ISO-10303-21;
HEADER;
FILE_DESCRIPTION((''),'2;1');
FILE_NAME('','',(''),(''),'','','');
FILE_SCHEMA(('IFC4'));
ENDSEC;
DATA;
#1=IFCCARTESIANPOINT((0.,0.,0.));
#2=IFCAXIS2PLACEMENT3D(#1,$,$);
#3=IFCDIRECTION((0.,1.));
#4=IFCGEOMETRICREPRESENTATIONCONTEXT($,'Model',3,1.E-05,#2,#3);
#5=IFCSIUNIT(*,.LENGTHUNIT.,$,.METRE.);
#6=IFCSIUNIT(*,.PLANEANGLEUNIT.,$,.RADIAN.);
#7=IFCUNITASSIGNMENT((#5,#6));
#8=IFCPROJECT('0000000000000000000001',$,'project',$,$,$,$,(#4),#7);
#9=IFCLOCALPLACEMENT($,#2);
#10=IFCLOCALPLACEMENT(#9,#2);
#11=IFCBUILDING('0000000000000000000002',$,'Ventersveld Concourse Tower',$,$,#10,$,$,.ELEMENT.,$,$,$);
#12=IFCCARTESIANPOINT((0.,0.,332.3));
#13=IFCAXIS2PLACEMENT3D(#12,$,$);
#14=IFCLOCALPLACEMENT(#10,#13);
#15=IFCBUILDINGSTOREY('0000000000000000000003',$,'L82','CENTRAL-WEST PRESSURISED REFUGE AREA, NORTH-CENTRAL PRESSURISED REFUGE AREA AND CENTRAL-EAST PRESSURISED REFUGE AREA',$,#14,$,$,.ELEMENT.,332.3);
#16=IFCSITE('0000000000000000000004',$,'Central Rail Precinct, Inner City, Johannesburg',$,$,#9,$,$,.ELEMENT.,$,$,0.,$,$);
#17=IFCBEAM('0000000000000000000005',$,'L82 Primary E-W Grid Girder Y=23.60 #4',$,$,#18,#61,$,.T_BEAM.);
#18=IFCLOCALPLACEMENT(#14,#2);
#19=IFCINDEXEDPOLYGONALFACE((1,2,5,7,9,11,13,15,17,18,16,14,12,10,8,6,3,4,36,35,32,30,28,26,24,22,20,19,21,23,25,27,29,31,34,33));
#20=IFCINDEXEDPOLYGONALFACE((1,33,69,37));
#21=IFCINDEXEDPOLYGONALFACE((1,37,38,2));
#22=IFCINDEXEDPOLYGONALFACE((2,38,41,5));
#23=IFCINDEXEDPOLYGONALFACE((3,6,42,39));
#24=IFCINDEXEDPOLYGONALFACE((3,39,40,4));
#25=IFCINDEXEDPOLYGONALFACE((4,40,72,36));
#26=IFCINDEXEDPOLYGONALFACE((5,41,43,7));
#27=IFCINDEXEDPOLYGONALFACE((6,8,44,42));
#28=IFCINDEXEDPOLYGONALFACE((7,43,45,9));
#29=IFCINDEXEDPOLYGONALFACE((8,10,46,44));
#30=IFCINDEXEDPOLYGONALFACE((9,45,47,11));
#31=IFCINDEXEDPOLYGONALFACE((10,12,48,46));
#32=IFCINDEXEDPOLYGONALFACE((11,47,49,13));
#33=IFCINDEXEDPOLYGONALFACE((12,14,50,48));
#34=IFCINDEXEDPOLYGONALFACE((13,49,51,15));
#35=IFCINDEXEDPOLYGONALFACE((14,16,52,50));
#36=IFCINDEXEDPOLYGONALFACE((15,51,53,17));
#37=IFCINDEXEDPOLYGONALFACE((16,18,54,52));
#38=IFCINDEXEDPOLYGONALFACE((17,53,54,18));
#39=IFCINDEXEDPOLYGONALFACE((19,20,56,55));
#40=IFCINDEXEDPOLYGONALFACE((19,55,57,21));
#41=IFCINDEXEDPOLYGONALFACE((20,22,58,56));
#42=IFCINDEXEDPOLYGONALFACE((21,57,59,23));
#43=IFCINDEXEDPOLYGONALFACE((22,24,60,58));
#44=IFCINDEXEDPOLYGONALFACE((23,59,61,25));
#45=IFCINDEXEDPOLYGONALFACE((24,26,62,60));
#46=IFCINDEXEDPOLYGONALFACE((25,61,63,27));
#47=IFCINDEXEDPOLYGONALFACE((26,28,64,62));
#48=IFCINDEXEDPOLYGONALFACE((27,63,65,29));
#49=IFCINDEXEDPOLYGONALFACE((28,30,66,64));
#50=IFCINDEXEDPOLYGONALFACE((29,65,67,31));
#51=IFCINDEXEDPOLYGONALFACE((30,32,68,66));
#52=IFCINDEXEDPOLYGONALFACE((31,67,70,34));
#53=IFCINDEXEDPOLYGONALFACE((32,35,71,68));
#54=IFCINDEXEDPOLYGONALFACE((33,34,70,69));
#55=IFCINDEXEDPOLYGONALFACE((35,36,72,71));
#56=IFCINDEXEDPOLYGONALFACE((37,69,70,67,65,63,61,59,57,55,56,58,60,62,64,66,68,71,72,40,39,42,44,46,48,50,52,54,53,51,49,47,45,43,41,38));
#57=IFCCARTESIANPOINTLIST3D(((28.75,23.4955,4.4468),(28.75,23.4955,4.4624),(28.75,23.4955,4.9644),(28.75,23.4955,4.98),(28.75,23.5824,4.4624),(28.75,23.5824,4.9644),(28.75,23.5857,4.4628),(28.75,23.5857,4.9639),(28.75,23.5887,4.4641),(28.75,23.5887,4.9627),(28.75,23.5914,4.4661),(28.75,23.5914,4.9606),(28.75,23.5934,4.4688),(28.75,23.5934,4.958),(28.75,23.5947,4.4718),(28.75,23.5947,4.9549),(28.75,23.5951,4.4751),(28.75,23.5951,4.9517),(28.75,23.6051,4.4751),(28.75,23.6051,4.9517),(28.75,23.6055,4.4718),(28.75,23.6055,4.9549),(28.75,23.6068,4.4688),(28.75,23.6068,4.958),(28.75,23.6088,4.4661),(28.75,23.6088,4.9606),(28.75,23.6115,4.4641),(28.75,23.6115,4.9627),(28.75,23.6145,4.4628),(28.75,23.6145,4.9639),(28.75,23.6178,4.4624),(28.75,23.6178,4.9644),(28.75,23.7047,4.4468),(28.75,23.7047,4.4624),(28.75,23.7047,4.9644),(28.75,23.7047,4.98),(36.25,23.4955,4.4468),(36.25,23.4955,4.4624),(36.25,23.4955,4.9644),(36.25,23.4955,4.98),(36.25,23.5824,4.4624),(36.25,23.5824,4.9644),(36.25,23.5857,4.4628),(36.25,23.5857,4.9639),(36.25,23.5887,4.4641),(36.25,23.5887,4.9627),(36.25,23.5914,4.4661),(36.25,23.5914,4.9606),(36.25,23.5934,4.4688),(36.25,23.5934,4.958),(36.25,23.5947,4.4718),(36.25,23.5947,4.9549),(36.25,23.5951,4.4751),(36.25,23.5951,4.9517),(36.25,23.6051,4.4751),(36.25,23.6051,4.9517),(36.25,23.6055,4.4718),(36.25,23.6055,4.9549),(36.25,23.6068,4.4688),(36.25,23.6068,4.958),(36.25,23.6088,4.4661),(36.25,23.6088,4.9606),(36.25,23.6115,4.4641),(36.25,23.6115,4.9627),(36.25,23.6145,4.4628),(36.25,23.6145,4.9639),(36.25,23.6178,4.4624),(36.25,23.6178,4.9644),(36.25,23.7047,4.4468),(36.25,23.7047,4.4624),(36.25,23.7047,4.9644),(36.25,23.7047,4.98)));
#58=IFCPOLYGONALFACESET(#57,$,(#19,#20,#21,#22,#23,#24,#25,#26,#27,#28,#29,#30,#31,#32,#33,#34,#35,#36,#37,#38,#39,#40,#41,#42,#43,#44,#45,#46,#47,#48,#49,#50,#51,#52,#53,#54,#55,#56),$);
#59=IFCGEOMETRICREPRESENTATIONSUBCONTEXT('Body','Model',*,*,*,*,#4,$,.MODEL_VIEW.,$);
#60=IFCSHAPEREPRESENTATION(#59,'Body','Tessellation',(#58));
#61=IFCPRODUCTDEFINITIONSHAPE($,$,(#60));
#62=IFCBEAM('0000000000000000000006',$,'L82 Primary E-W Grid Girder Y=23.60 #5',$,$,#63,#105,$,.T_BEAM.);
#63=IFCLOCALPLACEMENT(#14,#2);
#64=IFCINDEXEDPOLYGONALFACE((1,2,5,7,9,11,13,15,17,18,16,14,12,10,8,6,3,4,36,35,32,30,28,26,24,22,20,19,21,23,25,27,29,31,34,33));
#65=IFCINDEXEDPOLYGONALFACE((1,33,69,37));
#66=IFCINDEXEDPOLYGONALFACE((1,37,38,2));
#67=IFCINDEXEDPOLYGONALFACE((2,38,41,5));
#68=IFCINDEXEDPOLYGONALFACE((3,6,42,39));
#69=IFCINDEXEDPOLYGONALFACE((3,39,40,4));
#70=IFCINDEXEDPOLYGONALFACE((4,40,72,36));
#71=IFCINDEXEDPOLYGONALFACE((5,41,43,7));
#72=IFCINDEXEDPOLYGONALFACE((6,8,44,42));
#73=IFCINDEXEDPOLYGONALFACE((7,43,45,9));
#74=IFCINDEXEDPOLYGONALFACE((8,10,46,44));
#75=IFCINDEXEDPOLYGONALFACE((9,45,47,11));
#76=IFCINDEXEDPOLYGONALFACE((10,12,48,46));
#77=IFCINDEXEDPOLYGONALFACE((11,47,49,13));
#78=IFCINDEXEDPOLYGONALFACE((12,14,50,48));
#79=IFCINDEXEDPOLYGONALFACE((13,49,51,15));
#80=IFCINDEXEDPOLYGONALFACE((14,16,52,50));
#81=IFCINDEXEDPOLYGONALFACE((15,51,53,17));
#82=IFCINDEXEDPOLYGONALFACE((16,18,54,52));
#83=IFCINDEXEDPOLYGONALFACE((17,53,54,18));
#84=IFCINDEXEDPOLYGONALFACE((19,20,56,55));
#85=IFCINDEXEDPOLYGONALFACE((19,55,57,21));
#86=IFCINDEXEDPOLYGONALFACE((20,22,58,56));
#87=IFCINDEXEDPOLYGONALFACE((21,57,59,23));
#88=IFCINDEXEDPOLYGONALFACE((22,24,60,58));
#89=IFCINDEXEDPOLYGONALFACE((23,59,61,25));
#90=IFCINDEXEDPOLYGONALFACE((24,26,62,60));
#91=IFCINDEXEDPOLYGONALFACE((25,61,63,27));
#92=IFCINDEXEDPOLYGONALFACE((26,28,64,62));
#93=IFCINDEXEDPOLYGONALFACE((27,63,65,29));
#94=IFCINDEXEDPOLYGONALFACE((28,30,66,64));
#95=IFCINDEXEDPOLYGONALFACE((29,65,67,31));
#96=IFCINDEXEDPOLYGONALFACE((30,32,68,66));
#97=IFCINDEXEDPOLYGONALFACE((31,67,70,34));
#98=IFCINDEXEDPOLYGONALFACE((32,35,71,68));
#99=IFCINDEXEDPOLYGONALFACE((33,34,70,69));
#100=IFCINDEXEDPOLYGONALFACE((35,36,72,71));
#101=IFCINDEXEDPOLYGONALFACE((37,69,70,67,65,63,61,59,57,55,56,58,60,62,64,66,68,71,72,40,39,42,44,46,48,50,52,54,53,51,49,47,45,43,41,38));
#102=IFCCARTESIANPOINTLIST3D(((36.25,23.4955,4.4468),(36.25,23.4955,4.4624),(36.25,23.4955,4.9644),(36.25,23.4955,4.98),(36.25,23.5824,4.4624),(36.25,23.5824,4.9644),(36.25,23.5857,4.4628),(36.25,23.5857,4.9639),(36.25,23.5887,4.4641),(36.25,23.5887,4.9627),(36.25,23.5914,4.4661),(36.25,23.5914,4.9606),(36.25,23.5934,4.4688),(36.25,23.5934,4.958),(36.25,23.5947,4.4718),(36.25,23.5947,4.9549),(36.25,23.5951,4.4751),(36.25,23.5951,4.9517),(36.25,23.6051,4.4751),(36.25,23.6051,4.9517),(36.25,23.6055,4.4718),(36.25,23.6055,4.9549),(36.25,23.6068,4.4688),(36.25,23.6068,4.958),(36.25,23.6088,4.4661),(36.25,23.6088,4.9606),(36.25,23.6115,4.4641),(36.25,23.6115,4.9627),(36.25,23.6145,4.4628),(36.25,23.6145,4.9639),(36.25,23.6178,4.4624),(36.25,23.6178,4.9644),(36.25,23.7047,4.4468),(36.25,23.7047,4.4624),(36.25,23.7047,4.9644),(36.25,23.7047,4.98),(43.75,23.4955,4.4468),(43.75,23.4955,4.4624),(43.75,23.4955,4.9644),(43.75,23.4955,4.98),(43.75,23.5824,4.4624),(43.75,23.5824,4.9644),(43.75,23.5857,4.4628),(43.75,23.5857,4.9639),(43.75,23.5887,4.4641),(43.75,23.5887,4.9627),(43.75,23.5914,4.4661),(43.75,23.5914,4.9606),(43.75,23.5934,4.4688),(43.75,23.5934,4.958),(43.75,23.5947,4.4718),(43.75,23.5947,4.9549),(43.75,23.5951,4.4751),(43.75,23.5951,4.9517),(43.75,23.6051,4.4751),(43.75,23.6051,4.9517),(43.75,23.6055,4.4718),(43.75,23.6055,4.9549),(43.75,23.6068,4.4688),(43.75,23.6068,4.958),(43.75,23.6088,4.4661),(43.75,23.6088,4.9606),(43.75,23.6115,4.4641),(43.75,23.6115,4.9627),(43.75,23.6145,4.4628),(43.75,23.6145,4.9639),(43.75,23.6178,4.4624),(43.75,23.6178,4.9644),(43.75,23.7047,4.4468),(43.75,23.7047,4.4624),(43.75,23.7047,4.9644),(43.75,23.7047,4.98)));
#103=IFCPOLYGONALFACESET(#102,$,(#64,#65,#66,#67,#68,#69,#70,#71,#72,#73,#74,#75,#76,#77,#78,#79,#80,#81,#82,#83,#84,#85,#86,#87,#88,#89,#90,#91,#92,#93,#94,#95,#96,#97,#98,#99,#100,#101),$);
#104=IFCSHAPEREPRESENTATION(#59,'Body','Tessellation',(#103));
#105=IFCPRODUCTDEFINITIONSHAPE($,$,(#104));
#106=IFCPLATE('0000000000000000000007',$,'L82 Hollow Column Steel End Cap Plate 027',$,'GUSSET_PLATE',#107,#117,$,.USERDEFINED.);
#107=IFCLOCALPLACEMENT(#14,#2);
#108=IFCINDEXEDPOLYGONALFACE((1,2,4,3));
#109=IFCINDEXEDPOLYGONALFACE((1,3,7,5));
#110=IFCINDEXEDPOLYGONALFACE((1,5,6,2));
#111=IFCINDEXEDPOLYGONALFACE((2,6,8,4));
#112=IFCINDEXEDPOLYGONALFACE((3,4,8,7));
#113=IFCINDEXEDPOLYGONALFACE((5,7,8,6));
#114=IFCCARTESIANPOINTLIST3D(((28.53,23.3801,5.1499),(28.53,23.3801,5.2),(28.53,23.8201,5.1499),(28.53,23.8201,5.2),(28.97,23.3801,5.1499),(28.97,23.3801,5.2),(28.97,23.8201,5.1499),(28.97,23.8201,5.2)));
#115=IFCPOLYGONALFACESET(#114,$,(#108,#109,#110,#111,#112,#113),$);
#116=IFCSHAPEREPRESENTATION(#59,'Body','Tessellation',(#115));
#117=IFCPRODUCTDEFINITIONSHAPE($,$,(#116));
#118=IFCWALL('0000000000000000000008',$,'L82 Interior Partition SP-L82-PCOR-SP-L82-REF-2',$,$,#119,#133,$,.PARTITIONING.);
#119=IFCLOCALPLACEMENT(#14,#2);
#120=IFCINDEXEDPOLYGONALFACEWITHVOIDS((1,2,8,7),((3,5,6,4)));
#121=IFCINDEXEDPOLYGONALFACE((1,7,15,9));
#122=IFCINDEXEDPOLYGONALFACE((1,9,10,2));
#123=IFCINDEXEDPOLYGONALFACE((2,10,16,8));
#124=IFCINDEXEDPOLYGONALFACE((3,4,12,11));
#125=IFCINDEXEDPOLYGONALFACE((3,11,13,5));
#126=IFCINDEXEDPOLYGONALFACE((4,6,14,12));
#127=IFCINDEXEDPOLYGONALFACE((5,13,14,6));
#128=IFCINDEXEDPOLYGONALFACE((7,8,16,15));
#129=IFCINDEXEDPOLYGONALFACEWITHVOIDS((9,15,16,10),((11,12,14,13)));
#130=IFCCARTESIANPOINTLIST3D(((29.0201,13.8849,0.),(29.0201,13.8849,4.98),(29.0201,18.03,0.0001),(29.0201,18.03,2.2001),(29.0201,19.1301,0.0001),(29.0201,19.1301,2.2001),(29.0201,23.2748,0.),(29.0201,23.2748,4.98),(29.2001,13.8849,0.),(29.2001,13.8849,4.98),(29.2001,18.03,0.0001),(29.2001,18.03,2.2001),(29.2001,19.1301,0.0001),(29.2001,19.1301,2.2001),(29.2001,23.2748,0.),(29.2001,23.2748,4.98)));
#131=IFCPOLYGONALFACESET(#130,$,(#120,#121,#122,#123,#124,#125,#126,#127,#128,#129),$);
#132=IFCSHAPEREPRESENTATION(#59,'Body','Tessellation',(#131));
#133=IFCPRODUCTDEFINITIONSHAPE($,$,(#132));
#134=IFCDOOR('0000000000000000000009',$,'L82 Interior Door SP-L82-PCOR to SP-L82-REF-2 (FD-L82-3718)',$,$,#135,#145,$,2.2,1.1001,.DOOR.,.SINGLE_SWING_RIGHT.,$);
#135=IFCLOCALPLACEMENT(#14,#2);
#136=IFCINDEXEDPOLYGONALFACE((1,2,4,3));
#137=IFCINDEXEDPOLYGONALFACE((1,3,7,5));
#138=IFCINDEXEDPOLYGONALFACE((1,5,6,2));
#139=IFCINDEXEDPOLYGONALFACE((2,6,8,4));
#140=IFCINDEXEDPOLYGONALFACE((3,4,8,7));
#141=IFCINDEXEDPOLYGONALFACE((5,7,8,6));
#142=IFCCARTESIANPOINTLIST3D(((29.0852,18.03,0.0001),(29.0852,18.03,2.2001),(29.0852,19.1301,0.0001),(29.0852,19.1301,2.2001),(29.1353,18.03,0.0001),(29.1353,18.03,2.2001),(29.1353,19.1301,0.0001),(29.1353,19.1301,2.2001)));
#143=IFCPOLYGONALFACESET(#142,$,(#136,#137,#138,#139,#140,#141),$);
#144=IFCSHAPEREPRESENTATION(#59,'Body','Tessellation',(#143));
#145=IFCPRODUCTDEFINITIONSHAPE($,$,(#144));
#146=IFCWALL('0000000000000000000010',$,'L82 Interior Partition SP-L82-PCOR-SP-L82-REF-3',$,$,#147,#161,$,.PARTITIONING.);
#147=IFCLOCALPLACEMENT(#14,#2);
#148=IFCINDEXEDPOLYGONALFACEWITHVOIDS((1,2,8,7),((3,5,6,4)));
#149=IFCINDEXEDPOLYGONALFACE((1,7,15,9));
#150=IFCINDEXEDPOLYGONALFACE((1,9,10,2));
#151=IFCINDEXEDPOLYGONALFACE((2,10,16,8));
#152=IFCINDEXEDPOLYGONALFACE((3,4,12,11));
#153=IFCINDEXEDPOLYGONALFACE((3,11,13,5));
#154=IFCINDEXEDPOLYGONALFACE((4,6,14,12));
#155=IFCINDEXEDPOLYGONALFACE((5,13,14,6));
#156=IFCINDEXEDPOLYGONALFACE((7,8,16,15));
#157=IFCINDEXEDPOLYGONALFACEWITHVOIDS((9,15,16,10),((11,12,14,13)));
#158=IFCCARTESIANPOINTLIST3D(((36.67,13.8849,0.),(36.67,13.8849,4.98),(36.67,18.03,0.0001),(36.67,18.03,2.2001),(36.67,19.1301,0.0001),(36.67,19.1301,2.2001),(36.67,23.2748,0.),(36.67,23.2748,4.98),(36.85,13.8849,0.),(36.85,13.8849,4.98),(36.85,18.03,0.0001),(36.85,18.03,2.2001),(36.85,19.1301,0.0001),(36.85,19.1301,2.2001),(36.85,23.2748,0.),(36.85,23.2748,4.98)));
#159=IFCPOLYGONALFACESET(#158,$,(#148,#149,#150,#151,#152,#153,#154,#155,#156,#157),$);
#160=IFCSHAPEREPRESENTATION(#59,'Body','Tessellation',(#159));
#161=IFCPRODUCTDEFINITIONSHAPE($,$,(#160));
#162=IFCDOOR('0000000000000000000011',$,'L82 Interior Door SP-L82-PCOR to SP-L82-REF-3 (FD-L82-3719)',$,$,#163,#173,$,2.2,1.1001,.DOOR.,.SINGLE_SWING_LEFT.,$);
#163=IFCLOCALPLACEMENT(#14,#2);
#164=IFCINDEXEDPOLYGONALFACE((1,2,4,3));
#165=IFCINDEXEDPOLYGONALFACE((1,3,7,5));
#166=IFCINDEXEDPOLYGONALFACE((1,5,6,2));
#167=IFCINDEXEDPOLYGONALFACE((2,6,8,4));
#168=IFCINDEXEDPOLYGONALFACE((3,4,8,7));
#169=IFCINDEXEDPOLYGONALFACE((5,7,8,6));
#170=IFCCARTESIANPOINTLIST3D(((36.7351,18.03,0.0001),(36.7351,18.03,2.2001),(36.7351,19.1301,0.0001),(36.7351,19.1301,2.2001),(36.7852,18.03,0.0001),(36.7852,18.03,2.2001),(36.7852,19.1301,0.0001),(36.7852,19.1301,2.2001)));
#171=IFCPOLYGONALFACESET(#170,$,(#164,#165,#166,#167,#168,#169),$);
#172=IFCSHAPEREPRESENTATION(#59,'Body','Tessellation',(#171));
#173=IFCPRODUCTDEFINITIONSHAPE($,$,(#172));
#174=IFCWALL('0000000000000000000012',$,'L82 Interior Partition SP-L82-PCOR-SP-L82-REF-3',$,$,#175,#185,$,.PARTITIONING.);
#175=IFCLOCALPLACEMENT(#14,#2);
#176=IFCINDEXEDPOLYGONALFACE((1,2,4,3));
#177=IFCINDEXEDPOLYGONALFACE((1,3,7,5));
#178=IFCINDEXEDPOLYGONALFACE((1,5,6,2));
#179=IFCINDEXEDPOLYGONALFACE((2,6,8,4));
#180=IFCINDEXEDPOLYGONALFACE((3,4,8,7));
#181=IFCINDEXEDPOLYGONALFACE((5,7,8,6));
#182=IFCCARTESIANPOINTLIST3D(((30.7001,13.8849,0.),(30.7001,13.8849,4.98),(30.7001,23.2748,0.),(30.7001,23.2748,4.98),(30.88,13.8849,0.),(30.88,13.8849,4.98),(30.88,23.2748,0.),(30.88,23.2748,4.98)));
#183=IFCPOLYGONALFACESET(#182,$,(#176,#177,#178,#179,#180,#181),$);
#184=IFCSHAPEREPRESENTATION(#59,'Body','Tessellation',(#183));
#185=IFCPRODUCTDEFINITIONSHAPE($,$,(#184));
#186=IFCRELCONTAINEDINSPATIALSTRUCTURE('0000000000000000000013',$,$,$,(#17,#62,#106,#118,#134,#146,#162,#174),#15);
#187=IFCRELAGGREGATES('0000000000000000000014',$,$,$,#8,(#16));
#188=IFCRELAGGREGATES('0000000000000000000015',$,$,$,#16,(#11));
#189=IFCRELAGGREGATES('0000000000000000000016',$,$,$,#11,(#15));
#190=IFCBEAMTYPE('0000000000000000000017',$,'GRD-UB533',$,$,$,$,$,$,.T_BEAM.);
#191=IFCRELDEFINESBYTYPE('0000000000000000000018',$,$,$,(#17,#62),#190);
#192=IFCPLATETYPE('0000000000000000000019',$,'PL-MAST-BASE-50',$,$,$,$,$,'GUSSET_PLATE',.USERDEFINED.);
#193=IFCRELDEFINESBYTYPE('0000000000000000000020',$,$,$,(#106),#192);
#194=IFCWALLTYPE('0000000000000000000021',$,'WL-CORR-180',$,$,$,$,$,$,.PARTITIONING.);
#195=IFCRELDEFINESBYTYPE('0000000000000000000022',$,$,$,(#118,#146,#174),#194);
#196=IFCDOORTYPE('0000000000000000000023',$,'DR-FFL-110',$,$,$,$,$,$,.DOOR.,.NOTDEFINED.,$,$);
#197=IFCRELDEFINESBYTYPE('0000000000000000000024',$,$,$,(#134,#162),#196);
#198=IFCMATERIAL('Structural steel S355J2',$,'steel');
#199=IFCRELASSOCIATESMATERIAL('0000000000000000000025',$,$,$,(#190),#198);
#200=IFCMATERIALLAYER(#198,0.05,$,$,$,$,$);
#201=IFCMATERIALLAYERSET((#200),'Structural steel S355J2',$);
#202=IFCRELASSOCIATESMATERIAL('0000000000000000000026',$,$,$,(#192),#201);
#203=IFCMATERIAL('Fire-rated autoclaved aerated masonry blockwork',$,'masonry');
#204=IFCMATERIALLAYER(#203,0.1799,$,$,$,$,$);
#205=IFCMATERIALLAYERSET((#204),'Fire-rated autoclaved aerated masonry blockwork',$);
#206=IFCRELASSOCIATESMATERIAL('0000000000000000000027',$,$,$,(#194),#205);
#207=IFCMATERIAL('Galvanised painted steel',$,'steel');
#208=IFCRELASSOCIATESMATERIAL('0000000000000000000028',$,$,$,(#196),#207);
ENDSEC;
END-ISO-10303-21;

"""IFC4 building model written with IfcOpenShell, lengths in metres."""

from ifc_helpers import new_model, si_unit, direction, frame, frame_2d, origin, origin_2d, place, context, subcontext, project, spatial, rectangle, i_section, extrude, material, layer, layer_set, material_profile, profile_set, type_object, element, fill, save


model = new_model("IFC4")

# Units and contexts
model_context = context("Model", 3, precision=1e-05, world=origin(), true_north=direction((0.0, 1.0)))
body_context = subcontext(model_context, "Body", "Model", "MODEL_VIEW")
ifc_project = project(units=[si_unit("LENGTHUNIT", "METRE"), si_unit("PLANEANGLEUNIT", "RADIAN")], contexts=[model_context])

# Site, building, storey
site_placement = place(None, origin())
site = spatial("IfcSite", under=ifc_project, at=site_placement, Name="Central Rail Precinct, Inner City, Johannesburg", CompositionType="ELEMENT", RefElevation=0.0)
building_placement = place(site_placement, origin())
building = spatial("IfcBuilding", under=site, at=building_placement, Name="Ventersveld Concourse Tower", CompositionType="ELEMENT")
storey_placement = place(building_placement, frame((0.0, 0.0, 332.3)))
storey = spatial("IfcBuildingStorey", under=building, at=storey_placement, Name="L82", Description="CENTRAL-WEST PRESSURISED REFUGE AREA, NORTH-CENTRAL PRESSURISED REFUGE AREA AND CENTRAL-EAST PRESSURISED REFUGE AREA", CompositionType="ELEMENT", Elevation=332.3)

# Shared definitions
ifc_material_1 = material(Name="Structural steel S355J2", Category="steel")

# Beams
ifc_material_profile_1 = material_profile(ifc_material_1, i_section(OverallWidth=0.2092, OverallDepth=0.5332, WebThickness=0.01, FlangeThickness=0.0156, FilletRadius=0.0127, at=origin_2d()), Name="UB 533x210x92")
ifc_profile_set_1 = profile_set([ifc_material_profile_1], Name="Structural steel S355J2")
beam_type_1 = type_object("IfcBeamType", Name="GRD-UB533", PredefinedType="T_BEAM", material=ifc_profile_set_1)
for number, where, z_axis, x_axis, name in (
    (1, (28.75, 23.6001, 4.7134), (1.0, 0.0, 0.0), (0.0, 1.0, 0.0), "L82 Primary E-W Grid Girder Y=23.60 #4"),
    (2, (36.25, 23.6001, 4.7134), (1.0, 0.0, 0.0), (0.0, 1.0, 0.0), "L82 Primary E-W Grid Girder Y=23.60 #5"),
):
    element("IfcBeam", number, at=place(storey_placement, frame(where, z_axis=z_axis, x_axis=x_axis)), inside=storey, type_object=beam_type_1, Name=name, PredefinedType="T_BEAM", context=body_context, shape_type="SweptSolid", body=[
        extrude(i_section(OverallWidth=0.2092, OverallDepth=0.5332, WebThickness=0.01, FlangeThickness=0.0156, FilletRadius=0.0127, at=origin_2d()), origin(), (0.0, 0.0, 1.0), 7.5),
    ])

# Plate
ifc_layer_1 = layer(ifc_material_1, 0.05)
ifc_layer_set_1 = layer_set([ifc_layer_1], Name="Structural steel S355J2")
plate_type = type_object("IfcPlateType", Name="PL-MAST-BASE-50", ElementType="GUSSET_PLATE", PredefinedType="USERDEFINED", material=ifc_layer_set_1)
plate_placement = place(storey_placement, frame((28.75, 23.6001, 5.1499), z_axis=(0.0, 0.0, 1.0), x_axis=(1.0, 0.0, 0.0)))
element("IfcPlate", 3, at=plate_placement, inside=storey, type_object=plate_type, Name="L82 Hollow Column Steel End Cap Plate 027", ObjectType="GUSSET_PLATE", PredefinedType="USERDEFINED", context=body_context, shape_type="SweptSolid", body=[
    extrude(rectangle(XDim=0.4399, YDim=0.4399, at=origin_2d()), origin(), (0.0, 0.0, 1.0), 0.05),
])

# Walls, openings, doors
ifc_material_2 = material(Name="Fire-rated autoclaved aerated masonry blockwork", Category="masonry")
ifc_layer_2 = layer(ifc_material_2, 0.1799)
ifc_layer_set_2 = layer_set([ifc_layer_2], Name="Fire-rated autoclaved aerated masonry blockwork")
wall_type = type_object("IfcWallType", Name="WL-CORR-180", PredefinedType="PARTITIONING", material=ifc_layer_set_2)
wall_1_placement = place(storey_placement, frame((29.1101, 13.885, 0.0), z_axis=(0.0, 0.0, 1.0), x_axis=(0.0, 1.0, 0.0)))
wall_1 = element("IfcWall", 4, at=wall_1_placement, inside=storey, type_object=wall_type, Name="L82 Interior Partition SP-L82-PCOR-SP-L82-REF-2", PredefinedType="PARTITIONING", context=body_context, shape_type="SweptSolid", body=[
    extrude(rectangle(XDim=9.3899, YDim=0.1799, at=frame_2d((4.6948, 0.0))), origin(), (0.0, 0.0, 1.0), 4.98),
])
opening_1_placement = place(wall_1_placement, frame((4.145, 0.0, 0.0)))
opening_1 = element("IfcOpeningElement", 5, at=opening_1_placement, cuts=wall_1, PredefinedType="OPENING", context=body_context, shape_type="SweptSolid", body=[
    extrude(rectangle(XDim=1.1001, YDim=2.2, at=frame_2d((0.55, 1.1001))), frame((0.0, 0.1001, 0.0), z_axis=(0.0, -1.0, 0.0), x_axis=(1.0, 0.0, 0.0)), (0.0, 0.0, 1.0), 0.2),
])
ifc_material_3 = material(Name="Galvanised painted steel", Category="steel")
door_type = type_object("IfcDoorType", Name="DR-FFL-110", OperationType="NOTDEFINED", PredefinedType="DOOR", material=ifc_material_3)
door_1_placement = place(opening_1_placement, origin())
door_1 = element("IfcDoor", 6, at=door_1_placement, inside=storey, type_object=door_type, Name="L82 Interior Door SP-L82-PCOR to SP-L82-REF-2 (FD-L82-3718)", OperationType="SINGLE_SWING_RIGHT", OverallHeight=2.2, OverallWidth=1.1001, PredefinedType="DOOR", context=body_context, shape_type="SweptSolid", body=[
    extrude(rectangle(XDim=1.1001, YDim=2.2, at=frame_2d((0.55, 1.1001))), frame((0.0, 0.0249, 0.0), z_axis=(0.0, -1.0, 0.0), x_axis=(1.0, 0.0, 0.0)), (0.0, 0.0, 1.0), 0.05),
])
fill(opening_1, door_1)
wall_2_placement = place(storey_placement, frame((36.76, 13.885, 0.0), z_axis=(0.0, 0.0, 1.0), x_axis=(0.0, 1.0, 0.0)))
wall_2 = element("IfcWall", 7, at=wall_2_placement, inside=storey, type_object=wall_type, Name="L82 Interior Partition SP-L82-PCOR-SP-L82-REF-3", PredefinedType="PARTITIONING", context=body_context, shape_type="SweptSolid", body=[
    extrude(rectangle(XDim=9.3899, YDim=0.1799, at=frame_2d((4.6948, 0.0))), origin(), (0.0, 0.0, 1.0), 4.98),
])
opening_2_placement = place(wall_2_placement, frame((4.145, 0.0, 0.0)))
opening_2 = element("IfcOpeningElement", 8, at=opening_2_placement, cuts=wall_2, PredefinedType="OPENING", context=body_context, shape_type="SweptSolid", body=[
    extrude(rectangle(XDim=1.1001, YDim=2.2, at=frame_2d((0.55, 1.1001))), frame((0.0, 0.1001, 0.0), z_axis=(0.0, -1.0, 0.0), x_axis=(1.0, 0.0, 0.0)), (0.0, 0.0, 1.0), 0.2),
])
door_2_placement = place(opening_2_placement, origin())
door_2 = element("IfcDoor", 9, at=door_2_placement, inside=storey, type_object=door_type, Name="L82 Interior Door SP-L82-PCOR to SP-L82-REF-3 (FD-L82-3719)", OperationType="SINGLE_SWING_LEFT", OverallHeight=2.2, OverallWidth=1.1001, PredefinedType="DOOR", context=body_context, shape_type="SweptSolid", body=[
    extrude(rectangle(XDim=1.1001, YDim=2.2, at=frame_2d((0.55, 1.1001))), frame((0.0, 0.0249, 0.0), z_axis=(0.0, -1.0, 0.0), x_axis=(1.0, 0.0, 0.0)), (0.0, 0.0, 1.0), 0.05),
])
fill(opening_2, door_2)

# Wall
wall_3_placement = place(storey_placement, frame((30.79, 13.885, 0.0), z_axis=(0.0, 0.0, 1.0), x_axis=(0.0, 1.0, 0.0)))
element("IfcWall", 10, at=wall_3_placement, inside=storey, type_object=wall_type, Name="L82 Interior Partition SP-L82-PCOR-SP-L82-REF-3", PredefinedType="PARTITIONING", context=body_context, shape_type="SweptSolid", body=[
    extrude(rectangle(XDim=9.3899, YDim=0.1799, at=frame_2d((4.6948, 0.0))), origin(), (0.0, 0.0, 1.0), 4.98),
])

save(model, "model.ifc")
